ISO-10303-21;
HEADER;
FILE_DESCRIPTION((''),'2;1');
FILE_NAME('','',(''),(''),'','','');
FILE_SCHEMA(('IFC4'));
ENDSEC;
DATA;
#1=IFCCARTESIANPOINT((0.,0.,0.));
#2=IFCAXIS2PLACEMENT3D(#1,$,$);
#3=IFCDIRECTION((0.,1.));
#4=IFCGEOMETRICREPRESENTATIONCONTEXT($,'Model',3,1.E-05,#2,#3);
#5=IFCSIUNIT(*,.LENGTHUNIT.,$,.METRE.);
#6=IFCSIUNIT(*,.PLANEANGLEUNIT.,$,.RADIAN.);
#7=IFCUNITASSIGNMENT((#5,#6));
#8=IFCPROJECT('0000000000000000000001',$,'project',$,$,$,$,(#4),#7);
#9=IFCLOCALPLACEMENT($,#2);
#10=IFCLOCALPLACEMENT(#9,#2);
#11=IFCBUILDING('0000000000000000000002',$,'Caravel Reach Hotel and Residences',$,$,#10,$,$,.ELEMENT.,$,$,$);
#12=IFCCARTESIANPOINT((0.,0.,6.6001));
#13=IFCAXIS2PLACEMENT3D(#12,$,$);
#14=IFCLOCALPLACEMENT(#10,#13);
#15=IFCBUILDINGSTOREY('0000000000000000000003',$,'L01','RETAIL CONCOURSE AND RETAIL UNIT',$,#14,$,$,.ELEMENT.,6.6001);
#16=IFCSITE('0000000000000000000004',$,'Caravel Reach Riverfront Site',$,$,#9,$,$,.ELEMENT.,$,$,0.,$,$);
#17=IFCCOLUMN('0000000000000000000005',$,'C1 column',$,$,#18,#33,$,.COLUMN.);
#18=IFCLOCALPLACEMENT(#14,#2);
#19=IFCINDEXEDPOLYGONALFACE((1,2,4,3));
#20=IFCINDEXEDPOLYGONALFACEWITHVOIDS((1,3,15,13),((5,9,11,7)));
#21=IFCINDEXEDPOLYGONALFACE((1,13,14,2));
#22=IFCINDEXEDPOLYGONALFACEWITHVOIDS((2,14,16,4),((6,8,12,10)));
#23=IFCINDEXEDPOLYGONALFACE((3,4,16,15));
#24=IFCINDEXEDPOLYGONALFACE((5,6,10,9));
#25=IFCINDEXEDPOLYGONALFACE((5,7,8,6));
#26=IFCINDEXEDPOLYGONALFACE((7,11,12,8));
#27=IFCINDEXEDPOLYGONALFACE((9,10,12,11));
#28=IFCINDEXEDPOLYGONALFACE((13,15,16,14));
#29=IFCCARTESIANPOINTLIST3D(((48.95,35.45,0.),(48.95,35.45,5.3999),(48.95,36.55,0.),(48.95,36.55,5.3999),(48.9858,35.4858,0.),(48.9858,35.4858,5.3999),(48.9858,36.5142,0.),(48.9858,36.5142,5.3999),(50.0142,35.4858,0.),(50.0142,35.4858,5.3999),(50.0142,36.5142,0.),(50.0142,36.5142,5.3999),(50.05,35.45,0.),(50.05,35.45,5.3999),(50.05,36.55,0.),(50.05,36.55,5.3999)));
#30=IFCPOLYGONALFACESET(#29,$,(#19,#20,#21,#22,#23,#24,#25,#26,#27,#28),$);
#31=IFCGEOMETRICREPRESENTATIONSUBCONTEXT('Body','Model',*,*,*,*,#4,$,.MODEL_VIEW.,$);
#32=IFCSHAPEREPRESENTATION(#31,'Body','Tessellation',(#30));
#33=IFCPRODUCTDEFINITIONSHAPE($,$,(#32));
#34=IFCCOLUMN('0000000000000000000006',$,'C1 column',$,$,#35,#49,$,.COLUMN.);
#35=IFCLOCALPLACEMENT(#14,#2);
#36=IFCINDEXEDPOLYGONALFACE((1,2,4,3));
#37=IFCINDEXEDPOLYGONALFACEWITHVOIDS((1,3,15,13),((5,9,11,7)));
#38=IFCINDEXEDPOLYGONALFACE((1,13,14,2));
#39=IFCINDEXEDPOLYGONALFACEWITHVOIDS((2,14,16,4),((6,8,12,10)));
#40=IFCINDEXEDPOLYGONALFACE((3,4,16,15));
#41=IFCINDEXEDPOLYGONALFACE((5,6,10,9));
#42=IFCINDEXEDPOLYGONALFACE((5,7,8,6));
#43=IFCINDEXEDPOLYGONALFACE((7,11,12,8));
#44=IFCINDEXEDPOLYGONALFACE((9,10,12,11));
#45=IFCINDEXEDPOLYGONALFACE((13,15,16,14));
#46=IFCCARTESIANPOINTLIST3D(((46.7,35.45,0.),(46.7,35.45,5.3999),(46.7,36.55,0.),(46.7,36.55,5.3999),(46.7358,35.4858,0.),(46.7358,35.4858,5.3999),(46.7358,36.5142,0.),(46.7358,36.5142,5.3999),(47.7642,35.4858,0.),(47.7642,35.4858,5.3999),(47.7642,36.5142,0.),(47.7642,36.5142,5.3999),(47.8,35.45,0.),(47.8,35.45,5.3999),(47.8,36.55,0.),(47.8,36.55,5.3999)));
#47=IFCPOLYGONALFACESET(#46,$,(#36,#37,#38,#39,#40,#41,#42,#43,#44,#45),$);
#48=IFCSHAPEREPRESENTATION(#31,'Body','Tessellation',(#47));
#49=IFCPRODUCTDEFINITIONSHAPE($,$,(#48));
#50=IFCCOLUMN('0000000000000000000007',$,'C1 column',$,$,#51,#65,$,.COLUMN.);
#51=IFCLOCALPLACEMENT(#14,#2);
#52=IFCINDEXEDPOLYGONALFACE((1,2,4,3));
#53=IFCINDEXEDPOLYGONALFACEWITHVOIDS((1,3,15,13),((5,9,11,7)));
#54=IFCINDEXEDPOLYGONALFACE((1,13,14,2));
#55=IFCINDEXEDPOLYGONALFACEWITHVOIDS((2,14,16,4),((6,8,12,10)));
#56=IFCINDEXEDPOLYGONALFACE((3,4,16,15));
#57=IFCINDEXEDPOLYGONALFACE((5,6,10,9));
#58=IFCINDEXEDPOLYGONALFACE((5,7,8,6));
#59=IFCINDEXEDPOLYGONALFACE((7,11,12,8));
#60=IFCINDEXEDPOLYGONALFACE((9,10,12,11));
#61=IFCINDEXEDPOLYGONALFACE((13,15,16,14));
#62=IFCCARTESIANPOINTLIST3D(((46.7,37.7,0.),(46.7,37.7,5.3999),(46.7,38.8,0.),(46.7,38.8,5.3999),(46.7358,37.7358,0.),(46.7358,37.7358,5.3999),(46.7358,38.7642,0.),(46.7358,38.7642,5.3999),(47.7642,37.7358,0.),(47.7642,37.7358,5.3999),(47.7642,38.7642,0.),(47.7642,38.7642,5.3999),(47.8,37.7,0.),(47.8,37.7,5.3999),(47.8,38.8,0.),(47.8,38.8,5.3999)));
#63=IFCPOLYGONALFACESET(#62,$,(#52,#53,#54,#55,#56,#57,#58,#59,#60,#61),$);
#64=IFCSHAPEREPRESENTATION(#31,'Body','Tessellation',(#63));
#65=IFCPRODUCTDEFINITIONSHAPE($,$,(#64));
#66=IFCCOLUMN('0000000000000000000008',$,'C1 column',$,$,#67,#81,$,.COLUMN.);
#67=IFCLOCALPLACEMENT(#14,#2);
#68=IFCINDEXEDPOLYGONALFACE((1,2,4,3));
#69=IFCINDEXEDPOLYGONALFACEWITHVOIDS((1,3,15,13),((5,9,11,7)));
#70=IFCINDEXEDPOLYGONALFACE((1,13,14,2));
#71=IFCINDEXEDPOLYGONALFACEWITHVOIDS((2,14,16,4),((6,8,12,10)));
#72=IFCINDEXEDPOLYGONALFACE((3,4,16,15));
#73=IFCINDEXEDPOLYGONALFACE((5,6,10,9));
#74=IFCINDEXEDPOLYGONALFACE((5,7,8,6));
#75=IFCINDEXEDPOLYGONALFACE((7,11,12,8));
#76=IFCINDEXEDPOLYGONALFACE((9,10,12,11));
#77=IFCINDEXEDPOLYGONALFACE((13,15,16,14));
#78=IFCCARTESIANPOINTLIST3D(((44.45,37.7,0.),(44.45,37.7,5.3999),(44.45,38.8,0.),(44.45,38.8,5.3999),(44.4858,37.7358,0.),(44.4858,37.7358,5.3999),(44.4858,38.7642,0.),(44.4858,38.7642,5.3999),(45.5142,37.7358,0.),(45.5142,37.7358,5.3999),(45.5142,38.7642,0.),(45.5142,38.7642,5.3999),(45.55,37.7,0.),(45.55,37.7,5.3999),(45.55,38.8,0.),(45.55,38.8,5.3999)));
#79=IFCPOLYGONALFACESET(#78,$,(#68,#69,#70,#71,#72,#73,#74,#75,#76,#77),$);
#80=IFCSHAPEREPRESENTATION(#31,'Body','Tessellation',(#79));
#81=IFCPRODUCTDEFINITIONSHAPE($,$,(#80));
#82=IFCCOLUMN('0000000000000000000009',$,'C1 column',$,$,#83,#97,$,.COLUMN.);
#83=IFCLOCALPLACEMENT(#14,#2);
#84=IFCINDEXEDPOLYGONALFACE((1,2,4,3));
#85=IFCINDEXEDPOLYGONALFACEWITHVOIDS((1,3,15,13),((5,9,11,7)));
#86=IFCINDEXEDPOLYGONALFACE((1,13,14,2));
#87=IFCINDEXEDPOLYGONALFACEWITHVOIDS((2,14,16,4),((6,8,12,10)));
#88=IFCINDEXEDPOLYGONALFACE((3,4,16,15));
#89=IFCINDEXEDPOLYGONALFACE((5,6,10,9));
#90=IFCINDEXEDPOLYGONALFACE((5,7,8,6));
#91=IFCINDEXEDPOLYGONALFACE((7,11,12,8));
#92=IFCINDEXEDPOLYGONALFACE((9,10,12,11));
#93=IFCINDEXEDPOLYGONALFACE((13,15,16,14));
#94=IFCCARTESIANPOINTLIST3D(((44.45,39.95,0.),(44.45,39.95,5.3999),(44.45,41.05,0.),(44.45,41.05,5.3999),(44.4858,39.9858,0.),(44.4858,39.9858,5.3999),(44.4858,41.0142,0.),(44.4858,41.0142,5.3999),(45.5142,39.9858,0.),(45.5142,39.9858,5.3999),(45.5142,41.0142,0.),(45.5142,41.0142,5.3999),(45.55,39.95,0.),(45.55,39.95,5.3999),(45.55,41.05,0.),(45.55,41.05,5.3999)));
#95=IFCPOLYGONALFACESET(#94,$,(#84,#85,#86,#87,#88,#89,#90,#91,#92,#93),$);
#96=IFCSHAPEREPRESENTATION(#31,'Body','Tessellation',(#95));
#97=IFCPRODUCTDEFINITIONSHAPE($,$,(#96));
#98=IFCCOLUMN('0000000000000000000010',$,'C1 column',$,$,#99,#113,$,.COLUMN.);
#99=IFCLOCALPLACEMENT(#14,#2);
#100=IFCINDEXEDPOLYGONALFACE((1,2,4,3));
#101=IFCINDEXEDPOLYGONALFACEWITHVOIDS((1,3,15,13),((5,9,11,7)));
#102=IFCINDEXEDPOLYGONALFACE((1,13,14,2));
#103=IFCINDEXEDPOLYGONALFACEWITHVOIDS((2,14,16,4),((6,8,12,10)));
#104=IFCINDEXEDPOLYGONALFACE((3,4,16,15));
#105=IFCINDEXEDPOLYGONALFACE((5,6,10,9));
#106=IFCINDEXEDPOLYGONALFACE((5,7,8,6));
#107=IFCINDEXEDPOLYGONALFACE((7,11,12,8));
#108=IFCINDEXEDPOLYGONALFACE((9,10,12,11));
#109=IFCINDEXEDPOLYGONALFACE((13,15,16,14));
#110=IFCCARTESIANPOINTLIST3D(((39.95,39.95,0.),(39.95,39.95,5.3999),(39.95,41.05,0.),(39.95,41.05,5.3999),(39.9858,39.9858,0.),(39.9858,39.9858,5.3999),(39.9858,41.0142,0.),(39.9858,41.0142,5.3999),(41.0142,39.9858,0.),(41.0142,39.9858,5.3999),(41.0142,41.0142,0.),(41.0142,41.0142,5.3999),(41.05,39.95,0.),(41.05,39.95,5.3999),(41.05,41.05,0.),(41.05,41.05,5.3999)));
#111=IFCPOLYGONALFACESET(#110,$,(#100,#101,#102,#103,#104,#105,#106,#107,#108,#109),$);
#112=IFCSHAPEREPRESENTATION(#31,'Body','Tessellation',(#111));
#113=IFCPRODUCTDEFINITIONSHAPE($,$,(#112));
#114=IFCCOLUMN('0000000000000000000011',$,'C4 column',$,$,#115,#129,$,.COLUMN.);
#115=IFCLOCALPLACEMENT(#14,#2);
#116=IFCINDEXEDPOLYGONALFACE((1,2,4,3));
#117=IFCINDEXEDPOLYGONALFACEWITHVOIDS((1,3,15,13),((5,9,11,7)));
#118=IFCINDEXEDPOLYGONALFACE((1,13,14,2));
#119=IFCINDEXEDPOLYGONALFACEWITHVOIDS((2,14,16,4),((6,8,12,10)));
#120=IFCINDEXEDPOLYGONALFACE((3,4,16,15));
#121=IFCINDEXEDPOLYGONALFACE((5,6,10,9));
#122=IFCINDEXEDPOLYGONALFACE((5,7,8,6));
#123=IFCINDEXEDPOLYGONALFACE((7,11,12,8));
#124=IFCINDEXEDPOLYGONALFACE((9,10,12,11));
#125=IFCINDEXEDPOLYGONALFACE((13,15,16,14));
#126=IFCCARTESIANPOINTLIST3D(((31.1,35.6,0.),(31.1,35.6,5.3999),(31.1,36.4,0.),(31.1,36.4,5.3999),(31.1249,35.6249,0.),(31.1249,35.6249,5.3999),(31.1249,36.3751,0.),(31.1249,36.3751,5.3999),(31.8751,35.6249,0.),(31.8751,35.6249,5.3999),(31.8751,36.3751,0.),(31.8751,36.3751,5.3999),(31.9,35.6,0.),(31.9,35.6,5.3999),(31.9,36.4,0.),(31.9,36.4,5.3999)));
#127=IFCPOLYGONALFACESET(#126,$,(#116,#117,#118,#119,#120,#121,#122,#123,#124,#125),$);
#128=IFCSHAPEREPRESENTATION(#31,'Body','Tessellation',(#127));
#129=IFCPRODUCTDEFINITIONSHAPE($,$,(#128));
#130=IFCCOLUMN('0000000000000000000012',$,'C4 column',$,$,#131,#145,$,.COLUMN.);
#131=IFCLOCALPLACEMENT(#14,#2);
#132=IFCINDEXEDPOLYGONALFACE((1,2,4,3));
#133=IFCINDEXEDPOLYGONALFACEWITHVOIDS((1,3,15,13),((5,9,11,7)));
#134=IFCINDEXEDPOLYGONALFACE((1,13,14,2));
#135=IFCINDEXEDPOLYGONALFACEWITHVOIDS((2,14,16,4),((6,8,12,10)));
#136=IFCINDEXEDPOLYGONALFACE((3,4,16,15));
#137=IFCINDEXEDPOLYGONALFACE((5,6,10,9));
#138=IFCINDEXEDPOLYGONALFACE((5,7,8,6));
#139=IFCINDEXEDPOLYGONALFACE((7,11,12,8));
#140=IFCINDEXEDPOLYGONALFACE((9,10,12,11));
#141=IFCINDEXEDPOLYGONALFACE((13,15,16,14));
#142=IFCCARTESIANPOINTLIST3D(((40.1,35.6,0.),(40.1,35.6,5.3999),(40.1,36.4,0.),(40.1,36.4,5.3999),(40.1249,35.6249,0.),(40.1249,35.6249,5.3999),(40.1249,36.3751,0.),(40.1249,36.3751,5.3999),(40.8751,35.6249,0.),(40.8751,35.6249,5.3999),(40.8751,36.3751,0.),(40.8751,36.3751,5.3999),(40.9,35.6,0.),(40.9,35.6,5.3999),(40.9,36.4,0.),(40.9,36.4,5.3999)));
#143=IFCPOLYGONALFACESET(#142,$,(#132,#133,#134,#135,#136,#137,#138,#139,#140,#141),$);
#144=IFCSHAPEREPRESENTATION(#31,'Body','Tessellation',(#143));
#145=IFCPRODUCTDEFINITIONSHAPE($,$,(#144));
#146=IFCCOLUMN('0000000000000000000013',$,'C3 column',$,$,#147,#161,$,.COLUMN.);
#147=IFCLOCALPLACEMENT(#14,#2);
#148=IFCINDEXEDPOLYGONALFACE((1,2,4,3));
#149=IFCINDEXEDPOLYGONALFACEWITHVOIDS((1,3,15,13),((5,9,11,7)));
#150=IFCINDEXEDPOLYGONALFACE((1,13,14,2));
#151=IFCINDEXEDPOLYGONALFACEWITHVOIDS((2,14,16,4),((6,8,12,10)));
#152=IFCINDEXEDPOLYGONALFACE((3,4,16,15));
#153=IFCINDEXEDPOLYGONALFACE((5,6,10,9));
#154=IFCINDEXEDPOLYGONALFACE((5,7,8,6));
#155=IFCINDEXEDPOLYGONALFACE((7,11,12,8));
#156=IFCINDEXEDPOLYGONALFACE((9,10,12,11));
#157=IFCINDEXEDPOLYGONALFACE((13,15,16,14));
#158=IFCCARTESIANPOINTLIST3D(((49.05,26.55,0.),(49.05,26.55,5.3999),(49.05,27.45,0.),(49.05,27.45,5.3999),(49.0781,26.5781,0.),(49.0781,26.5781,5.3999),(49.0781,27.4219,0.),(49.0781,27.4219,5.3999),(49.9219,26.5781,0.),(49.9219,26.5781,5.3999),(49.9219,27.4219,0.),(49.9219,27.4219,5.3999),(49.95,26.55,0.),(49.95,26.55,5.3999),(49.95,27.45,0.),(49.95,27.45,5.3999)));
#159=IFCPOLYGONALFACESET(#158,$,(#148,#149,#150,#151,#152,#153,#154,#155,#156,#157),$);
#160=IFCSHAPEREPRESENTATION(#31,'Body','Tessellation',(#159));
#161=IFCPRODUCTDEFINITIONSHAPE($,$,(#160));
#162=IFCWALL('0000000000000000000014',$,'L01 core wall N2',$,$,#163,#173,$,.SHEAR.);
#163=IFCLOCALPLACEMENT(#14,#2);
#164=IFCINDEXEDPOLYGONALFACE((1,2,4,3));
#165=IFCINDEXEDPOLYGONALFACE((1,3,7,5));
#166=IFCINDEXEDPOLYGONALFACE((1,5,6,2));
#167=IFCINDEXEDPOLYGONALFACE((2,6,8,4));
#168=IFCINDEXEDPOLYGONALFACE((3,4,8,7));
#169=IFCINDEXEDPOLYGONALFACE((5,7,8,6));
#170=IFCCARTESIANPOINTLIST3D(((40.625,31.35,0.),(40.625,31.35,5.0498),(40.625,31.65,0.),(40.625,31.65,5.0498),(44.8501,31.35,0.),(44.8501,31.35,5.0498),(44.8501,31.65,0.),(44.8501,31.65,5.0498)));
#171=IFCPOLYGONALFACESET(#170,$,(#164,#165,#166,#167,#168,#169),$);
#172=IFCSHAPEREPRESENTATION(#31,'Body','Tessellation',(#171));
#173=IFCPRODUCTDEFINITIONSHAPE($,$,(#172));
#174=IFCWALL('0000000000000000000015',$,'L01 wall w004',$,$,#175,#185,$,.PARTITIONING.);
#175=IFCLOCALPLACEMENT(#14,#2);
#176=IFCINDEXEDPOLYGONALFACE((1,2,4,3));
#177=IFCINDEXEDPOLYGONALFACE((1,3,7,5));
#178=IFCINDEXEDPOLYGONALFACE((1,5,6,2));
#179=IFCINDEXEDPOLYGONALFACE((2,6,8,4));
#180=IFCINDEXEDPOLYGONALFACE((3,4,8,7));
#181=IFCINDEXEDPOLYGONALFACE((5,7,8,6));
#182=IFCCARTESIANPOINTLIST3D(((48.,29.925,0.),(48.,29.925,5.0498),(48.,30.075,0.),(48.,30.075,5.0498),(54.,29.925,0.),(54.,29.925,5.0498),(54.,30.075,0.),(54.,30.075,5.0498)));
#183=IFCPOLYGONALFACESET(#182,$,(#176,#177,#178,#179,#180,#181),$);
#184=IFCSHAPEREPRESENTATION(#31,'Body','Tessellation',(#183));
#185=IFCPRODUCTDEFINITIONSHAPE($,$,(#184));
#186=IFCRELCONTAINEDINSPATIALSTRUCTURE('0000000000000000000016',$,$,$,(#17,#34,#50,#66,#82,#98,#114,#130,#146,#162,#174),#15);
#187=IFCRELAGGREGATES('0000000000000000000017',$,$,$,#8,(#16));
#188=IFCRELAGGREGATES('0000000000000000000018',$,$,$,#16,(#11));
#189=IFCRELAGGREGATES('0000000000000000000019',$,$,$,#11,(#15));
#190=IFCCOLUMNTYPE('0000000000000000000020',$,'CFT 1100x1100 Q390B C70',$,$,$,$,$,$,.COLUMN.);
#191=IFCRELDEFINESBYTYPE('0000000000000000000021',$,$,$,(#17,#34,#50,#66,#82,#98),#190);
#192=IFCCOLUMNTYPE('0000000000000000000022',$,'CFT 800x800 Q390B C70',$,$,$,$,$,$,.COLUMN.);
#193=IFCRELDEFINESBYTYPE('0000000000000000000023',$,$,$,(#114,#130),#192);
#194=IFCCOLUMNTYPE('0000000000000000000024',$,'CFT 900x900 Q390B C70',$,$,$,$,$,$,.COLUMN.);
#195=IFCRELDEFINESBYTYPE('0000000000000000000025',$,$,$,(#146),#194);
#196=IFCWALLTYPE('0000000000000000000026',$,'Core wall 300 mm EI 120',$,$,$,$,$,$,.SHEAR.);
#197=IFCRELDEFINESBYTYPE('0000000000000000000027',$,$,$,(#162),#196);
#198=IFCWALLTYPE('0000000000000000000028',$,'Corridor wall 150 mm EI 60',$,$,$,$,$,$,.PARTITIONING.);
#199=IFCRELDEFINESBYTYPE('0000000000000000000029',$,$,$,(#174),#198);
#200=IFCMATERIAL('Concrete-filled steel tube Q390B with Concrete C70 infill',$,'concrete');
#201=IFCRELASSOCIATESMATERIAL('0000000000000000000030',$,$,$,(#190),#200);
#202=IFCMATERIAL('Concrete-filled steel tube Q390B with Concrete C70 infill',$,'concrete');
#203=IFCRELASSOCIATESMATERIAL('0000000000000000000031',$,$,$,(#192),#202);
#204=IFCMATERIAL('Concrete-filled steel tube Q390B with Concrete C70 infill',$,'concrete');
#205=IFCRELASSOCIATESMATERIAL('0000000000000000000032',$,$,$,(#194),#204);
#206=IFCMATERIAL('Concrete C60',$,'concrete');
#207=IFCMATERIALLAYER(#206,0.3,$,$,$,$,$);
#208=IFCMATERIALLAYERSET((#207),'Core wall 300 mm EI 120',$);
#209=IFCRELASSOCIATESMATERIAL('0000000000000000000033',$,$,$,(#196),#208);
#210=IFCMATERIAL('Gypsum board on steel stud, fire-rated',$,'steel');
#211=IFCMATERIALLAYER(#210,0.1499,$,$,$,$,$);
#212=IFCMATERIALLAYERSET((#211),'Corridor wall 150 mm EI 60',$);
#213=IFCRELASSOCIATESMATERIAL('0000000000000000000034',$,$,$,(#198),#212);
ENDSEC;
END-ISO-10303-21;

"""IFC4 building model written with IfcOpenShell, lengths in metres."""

from ifc_helpers import new_model, si_unit, direction, frame, frame_2d, origin, origin_2d, place, context, subcontext, project, spatial, rectangle, hollow_rectangle, extrude, material, layer, layer_set, material_profile, profile_set, type_object, element, save


model = new_model("IFC4")

# Units and contexts
model_context = context("Model", 3, precision=1e-05, world=origin(), true_north=direction((0.0, 1.0)))
body_context = subcontext(model_context, "Body", "Model", "MODEL_VIEW")
ifc_project = project(units=[si_unit("LENGTHUNIT", "METRE"), si_unit("PLANEANGLEUNIT", "RADIAN")], contexts=[model_context])

# Site, building, storey
site_placement = place(None, origin())
site = spatial("IfcSite", under=ifc_project, at=site_placement, Name="Caravel Reach Riverfront Site", CompositionType="ELEMENT", RefElevation=0.0)
building_placement = place(site_placement, origin())
building = spatial("IfcBuilding", under=site, at=building_placement, Name="Caravel Reach Hotel and Residences", CompositionType="ELEMENT")
storey_placement = place(building_placement, frame((0.0, 0.0, 6.6001)))
storey = spatial("IfcBuildingStorey", under=building, at=storey_placement, Name="L01", Description="RETAIL CONCOURSE AND RETAIL UNIT", CompositionType="ELEMENT", Elevation=6.6001)

# Columns
ifc_material_1 = material(Name="Concrete-filled steel tube Q390B with Concrete C70 infill", Category="concrete")
ifc_material_profile_1 = material_profile(ifc_material_1, hollow_rectangle(XDim=1.1001, YDim=1.1001, WallThickness=0.0359, at=origin_2d()), Name="RHS 1100x1100x36")
ifc_profile_set_1 = profile_set([ifc_material_profile_1], Name="Concrete-filled steel tube Q390B with Concrete C70 infill")
column_type_1 = type_object("IfcColumnType", Name="CFT 1100x1100 Q390B C70", PredefinedType="COLUMN", material=ifc_profile_set_1)
for number, where, z_axis, x_axis, name in (
    (1, (49.5, 36.0, 0.0), (0.0, 0.0, 1.0), (1.0, 0.0, 0.0), "C1 column"),
    (2, (47.25, 36.0, 0.0), (0.0, 0.0, 1.0), (1.0, 0.0, 0.0), "C1 column"),
    (3, (47.25, 38.25, 0.0), (0.0, 0.0, 1.0), (1.0, 0.0, 0.0), "C1 column"),
    (4, (45.0, 38.25, 0.0), (0.0, 0.0, 1.0), (1.0, 0.0, 0.0), "C1 column"),
    (5, (45.0, 40.5, 0.0), (0.0, 0.0, 1.0), (1.0, 0.0, 0.0), "C1 column"),
    (6, (40.5, 40.5, 0.0), (0.0, 0.0, 1.0), (1.0, 0.0, 0.0), "C1 column"),
):
    element("IfcColumn", number, at=place(storey_placement, frame(where, z_axis=z_axis, x_axis=x_axis)), inside=storey, type_object=column_type_1, Name=name, PredefinedType="COLUMN", context=body_context, shape_type="SweptSolid", body=[
        extrude(hollow_rectangle(XDim=1.1001, YDim=1.1001, WallThickness=0.0359, at=origin_2d()), origin(), (0.0, 0.0, 1.0), 5.3999),
    ])
ifc_material_2 = material(Name="Concrete-filled steel tube Q390B with Concrete C70 infill", Category="concrete")
ifc_material_profile_2 = material_profile(ifc_material_2, hollow_rectangle(XDim=0.8, YDim=0.8, WallThickness=0.0249, at=origin_2d()), Name="RHS 800x800x25")
ifc_profile_set_2 = profile_set([ifc_material_profile_2], Name="Concrete-filled steel tube Q390B with Concrete C70 infill")
column_type_2 = type_object("IfcColumnType", Name="CFT 800x800 Q390B C70", PredefinedType="COLUMN", material=ifc_profile_set_2)
for number, where, z_axis, x_axis, name in (
    (7, (31.5, 36.0, 0.0), (0.0, 0.0, 1.0), (1.0, 0.0, 0.0), "C4 column"),
    (8, (40.5, 36.0, 0.0), (0.0, 0.0, 1.0), (1.0, 0.0, 0.0), "C4 column"),
):
    element("IfcColumn", number, at=place(storey_placement, frame(where, z_axis=z_axis, x_axis=x_axis)), inside=storey, type_object=column_type_2, Name=name, PredefinedType="COLUMN", context=body_context, shape_type="SweptSolid", body=[
        extrude(hollow_rectangle(XDim=0.8, YDim=0.8, WallThickness=0.0249, at=origin_2d()), origin(), (0.0, 0.0, 1.0), 5.3999),
    ])
ifc_material_3 = material(Name="Concrete-filled steel tube Q390B with Concrete C70 infill", Category="concrete")
ifc_material_profile_3 = material_profile(ifc_material_3, hollow_rectangle(XDim=0.8999, YDim=0.8999, WallThickness=0.0281, at=origin_2d()), Name="RHS 900x900x28")
ifc_profile_set_3 = profile_set([ifc_material_profile_3], Name="Concrete-filled steel tube Q390B with Concrete C70 infill")
column_type_3 = type_object("IfcColumnType", Name="CFT 900x900 Q390B C70", PredefinedType="COLUMN", material=ifc_profile_set_3)
column_placement = place(storey_placement, frame((49.5, 27.0, 0.0), z_axis=(0.0, 0.0, 1.0), x_axis=(1.0, 0.0, 0.0)))
element("IfcColumn", 9, at=column_placement, inside=storey, type_object=column_type_3, Name="C3 column", PredefinedType="COLUMN", context=body_context, shape_type="SweptSolid", body=[
    extrude(hollow_rectangle(XDim=0.8999, YDim=0.8999, WallThickness=0.0281, at=origin_2d()), origin(), (0.0, 0.0, 1.0), 5.3999),
])

# Walls
ifc_material_4 = material(Name="Concrete C60", Category="concrete")
ifc_layer_1 = layer(ifc_material_4, 0.3)
ifc_layer_set_1 = layer_set([ifc_layer_1], Name="Core wall 300 mm EI 120")
wall_type_1 = type_object("IfcWallType", Name="Core wall 300 mm EI 120", PredefinedType="SHEAR", material=ifc_layer_set_1)
wall_1_placement = place(storey_placement, frame((40.625, 31.5, 0.0), z_axis=(0.0, 0.0, 1.0), x_axis=(1.0, 0.0, 0.0)))
element("IfcWall", 10, at=wall_1_placement, inside=storey, type_object=wall_type_1, Name="L01 core wall N2", PredefinedType="SHEAR", context=body_context, shape_type="SweptSolid", body=[
    extrude(rectangle(XDim=4.2251, YDim=0.3, at=frame_2d((2.1125, 0.0))), origin(), (0.0, 0.0, 1.0), 5.0498),
])
ifc_material_5 = material(Name="Gypsum board on steel stud, fire-rated", Category="steel")
ifc_layer_2 = layer(ifc_material_5, 0.1499)
ifc_layer_set_2 = layer_set([ifc_layer_2], Name="Corridor wall 150 mm EI 60")
wall_type_2 = type_object("IfcWallType", Name="Corridor wall 150 mm EI 60", PredefinedType="PARTITIONING", material=ifc_layer_set_2)
wall_2_placement = place(storey_placement, frame((48.0, 30.0, 0.0), z_axis=(0.0, 0.0, 1.0), x_axis=(1.0, 0.0, 0.0)))
element("IfcWall", 11, at=wall_2_placement, inside=storey, type_object=wall_type_2, Name="L01 wall w004", PredefinedType="PARTITIONING", context=body_context, shape_type="SweptSolid", body=[
    extrude(rectangle(XDim=6.0, YDim=0.1499, at=frame_2d((3.0, 0.0))), origin(), (0.0, 0.0, 1.0), 5.0498),
])

save(model, "model.ifc")
